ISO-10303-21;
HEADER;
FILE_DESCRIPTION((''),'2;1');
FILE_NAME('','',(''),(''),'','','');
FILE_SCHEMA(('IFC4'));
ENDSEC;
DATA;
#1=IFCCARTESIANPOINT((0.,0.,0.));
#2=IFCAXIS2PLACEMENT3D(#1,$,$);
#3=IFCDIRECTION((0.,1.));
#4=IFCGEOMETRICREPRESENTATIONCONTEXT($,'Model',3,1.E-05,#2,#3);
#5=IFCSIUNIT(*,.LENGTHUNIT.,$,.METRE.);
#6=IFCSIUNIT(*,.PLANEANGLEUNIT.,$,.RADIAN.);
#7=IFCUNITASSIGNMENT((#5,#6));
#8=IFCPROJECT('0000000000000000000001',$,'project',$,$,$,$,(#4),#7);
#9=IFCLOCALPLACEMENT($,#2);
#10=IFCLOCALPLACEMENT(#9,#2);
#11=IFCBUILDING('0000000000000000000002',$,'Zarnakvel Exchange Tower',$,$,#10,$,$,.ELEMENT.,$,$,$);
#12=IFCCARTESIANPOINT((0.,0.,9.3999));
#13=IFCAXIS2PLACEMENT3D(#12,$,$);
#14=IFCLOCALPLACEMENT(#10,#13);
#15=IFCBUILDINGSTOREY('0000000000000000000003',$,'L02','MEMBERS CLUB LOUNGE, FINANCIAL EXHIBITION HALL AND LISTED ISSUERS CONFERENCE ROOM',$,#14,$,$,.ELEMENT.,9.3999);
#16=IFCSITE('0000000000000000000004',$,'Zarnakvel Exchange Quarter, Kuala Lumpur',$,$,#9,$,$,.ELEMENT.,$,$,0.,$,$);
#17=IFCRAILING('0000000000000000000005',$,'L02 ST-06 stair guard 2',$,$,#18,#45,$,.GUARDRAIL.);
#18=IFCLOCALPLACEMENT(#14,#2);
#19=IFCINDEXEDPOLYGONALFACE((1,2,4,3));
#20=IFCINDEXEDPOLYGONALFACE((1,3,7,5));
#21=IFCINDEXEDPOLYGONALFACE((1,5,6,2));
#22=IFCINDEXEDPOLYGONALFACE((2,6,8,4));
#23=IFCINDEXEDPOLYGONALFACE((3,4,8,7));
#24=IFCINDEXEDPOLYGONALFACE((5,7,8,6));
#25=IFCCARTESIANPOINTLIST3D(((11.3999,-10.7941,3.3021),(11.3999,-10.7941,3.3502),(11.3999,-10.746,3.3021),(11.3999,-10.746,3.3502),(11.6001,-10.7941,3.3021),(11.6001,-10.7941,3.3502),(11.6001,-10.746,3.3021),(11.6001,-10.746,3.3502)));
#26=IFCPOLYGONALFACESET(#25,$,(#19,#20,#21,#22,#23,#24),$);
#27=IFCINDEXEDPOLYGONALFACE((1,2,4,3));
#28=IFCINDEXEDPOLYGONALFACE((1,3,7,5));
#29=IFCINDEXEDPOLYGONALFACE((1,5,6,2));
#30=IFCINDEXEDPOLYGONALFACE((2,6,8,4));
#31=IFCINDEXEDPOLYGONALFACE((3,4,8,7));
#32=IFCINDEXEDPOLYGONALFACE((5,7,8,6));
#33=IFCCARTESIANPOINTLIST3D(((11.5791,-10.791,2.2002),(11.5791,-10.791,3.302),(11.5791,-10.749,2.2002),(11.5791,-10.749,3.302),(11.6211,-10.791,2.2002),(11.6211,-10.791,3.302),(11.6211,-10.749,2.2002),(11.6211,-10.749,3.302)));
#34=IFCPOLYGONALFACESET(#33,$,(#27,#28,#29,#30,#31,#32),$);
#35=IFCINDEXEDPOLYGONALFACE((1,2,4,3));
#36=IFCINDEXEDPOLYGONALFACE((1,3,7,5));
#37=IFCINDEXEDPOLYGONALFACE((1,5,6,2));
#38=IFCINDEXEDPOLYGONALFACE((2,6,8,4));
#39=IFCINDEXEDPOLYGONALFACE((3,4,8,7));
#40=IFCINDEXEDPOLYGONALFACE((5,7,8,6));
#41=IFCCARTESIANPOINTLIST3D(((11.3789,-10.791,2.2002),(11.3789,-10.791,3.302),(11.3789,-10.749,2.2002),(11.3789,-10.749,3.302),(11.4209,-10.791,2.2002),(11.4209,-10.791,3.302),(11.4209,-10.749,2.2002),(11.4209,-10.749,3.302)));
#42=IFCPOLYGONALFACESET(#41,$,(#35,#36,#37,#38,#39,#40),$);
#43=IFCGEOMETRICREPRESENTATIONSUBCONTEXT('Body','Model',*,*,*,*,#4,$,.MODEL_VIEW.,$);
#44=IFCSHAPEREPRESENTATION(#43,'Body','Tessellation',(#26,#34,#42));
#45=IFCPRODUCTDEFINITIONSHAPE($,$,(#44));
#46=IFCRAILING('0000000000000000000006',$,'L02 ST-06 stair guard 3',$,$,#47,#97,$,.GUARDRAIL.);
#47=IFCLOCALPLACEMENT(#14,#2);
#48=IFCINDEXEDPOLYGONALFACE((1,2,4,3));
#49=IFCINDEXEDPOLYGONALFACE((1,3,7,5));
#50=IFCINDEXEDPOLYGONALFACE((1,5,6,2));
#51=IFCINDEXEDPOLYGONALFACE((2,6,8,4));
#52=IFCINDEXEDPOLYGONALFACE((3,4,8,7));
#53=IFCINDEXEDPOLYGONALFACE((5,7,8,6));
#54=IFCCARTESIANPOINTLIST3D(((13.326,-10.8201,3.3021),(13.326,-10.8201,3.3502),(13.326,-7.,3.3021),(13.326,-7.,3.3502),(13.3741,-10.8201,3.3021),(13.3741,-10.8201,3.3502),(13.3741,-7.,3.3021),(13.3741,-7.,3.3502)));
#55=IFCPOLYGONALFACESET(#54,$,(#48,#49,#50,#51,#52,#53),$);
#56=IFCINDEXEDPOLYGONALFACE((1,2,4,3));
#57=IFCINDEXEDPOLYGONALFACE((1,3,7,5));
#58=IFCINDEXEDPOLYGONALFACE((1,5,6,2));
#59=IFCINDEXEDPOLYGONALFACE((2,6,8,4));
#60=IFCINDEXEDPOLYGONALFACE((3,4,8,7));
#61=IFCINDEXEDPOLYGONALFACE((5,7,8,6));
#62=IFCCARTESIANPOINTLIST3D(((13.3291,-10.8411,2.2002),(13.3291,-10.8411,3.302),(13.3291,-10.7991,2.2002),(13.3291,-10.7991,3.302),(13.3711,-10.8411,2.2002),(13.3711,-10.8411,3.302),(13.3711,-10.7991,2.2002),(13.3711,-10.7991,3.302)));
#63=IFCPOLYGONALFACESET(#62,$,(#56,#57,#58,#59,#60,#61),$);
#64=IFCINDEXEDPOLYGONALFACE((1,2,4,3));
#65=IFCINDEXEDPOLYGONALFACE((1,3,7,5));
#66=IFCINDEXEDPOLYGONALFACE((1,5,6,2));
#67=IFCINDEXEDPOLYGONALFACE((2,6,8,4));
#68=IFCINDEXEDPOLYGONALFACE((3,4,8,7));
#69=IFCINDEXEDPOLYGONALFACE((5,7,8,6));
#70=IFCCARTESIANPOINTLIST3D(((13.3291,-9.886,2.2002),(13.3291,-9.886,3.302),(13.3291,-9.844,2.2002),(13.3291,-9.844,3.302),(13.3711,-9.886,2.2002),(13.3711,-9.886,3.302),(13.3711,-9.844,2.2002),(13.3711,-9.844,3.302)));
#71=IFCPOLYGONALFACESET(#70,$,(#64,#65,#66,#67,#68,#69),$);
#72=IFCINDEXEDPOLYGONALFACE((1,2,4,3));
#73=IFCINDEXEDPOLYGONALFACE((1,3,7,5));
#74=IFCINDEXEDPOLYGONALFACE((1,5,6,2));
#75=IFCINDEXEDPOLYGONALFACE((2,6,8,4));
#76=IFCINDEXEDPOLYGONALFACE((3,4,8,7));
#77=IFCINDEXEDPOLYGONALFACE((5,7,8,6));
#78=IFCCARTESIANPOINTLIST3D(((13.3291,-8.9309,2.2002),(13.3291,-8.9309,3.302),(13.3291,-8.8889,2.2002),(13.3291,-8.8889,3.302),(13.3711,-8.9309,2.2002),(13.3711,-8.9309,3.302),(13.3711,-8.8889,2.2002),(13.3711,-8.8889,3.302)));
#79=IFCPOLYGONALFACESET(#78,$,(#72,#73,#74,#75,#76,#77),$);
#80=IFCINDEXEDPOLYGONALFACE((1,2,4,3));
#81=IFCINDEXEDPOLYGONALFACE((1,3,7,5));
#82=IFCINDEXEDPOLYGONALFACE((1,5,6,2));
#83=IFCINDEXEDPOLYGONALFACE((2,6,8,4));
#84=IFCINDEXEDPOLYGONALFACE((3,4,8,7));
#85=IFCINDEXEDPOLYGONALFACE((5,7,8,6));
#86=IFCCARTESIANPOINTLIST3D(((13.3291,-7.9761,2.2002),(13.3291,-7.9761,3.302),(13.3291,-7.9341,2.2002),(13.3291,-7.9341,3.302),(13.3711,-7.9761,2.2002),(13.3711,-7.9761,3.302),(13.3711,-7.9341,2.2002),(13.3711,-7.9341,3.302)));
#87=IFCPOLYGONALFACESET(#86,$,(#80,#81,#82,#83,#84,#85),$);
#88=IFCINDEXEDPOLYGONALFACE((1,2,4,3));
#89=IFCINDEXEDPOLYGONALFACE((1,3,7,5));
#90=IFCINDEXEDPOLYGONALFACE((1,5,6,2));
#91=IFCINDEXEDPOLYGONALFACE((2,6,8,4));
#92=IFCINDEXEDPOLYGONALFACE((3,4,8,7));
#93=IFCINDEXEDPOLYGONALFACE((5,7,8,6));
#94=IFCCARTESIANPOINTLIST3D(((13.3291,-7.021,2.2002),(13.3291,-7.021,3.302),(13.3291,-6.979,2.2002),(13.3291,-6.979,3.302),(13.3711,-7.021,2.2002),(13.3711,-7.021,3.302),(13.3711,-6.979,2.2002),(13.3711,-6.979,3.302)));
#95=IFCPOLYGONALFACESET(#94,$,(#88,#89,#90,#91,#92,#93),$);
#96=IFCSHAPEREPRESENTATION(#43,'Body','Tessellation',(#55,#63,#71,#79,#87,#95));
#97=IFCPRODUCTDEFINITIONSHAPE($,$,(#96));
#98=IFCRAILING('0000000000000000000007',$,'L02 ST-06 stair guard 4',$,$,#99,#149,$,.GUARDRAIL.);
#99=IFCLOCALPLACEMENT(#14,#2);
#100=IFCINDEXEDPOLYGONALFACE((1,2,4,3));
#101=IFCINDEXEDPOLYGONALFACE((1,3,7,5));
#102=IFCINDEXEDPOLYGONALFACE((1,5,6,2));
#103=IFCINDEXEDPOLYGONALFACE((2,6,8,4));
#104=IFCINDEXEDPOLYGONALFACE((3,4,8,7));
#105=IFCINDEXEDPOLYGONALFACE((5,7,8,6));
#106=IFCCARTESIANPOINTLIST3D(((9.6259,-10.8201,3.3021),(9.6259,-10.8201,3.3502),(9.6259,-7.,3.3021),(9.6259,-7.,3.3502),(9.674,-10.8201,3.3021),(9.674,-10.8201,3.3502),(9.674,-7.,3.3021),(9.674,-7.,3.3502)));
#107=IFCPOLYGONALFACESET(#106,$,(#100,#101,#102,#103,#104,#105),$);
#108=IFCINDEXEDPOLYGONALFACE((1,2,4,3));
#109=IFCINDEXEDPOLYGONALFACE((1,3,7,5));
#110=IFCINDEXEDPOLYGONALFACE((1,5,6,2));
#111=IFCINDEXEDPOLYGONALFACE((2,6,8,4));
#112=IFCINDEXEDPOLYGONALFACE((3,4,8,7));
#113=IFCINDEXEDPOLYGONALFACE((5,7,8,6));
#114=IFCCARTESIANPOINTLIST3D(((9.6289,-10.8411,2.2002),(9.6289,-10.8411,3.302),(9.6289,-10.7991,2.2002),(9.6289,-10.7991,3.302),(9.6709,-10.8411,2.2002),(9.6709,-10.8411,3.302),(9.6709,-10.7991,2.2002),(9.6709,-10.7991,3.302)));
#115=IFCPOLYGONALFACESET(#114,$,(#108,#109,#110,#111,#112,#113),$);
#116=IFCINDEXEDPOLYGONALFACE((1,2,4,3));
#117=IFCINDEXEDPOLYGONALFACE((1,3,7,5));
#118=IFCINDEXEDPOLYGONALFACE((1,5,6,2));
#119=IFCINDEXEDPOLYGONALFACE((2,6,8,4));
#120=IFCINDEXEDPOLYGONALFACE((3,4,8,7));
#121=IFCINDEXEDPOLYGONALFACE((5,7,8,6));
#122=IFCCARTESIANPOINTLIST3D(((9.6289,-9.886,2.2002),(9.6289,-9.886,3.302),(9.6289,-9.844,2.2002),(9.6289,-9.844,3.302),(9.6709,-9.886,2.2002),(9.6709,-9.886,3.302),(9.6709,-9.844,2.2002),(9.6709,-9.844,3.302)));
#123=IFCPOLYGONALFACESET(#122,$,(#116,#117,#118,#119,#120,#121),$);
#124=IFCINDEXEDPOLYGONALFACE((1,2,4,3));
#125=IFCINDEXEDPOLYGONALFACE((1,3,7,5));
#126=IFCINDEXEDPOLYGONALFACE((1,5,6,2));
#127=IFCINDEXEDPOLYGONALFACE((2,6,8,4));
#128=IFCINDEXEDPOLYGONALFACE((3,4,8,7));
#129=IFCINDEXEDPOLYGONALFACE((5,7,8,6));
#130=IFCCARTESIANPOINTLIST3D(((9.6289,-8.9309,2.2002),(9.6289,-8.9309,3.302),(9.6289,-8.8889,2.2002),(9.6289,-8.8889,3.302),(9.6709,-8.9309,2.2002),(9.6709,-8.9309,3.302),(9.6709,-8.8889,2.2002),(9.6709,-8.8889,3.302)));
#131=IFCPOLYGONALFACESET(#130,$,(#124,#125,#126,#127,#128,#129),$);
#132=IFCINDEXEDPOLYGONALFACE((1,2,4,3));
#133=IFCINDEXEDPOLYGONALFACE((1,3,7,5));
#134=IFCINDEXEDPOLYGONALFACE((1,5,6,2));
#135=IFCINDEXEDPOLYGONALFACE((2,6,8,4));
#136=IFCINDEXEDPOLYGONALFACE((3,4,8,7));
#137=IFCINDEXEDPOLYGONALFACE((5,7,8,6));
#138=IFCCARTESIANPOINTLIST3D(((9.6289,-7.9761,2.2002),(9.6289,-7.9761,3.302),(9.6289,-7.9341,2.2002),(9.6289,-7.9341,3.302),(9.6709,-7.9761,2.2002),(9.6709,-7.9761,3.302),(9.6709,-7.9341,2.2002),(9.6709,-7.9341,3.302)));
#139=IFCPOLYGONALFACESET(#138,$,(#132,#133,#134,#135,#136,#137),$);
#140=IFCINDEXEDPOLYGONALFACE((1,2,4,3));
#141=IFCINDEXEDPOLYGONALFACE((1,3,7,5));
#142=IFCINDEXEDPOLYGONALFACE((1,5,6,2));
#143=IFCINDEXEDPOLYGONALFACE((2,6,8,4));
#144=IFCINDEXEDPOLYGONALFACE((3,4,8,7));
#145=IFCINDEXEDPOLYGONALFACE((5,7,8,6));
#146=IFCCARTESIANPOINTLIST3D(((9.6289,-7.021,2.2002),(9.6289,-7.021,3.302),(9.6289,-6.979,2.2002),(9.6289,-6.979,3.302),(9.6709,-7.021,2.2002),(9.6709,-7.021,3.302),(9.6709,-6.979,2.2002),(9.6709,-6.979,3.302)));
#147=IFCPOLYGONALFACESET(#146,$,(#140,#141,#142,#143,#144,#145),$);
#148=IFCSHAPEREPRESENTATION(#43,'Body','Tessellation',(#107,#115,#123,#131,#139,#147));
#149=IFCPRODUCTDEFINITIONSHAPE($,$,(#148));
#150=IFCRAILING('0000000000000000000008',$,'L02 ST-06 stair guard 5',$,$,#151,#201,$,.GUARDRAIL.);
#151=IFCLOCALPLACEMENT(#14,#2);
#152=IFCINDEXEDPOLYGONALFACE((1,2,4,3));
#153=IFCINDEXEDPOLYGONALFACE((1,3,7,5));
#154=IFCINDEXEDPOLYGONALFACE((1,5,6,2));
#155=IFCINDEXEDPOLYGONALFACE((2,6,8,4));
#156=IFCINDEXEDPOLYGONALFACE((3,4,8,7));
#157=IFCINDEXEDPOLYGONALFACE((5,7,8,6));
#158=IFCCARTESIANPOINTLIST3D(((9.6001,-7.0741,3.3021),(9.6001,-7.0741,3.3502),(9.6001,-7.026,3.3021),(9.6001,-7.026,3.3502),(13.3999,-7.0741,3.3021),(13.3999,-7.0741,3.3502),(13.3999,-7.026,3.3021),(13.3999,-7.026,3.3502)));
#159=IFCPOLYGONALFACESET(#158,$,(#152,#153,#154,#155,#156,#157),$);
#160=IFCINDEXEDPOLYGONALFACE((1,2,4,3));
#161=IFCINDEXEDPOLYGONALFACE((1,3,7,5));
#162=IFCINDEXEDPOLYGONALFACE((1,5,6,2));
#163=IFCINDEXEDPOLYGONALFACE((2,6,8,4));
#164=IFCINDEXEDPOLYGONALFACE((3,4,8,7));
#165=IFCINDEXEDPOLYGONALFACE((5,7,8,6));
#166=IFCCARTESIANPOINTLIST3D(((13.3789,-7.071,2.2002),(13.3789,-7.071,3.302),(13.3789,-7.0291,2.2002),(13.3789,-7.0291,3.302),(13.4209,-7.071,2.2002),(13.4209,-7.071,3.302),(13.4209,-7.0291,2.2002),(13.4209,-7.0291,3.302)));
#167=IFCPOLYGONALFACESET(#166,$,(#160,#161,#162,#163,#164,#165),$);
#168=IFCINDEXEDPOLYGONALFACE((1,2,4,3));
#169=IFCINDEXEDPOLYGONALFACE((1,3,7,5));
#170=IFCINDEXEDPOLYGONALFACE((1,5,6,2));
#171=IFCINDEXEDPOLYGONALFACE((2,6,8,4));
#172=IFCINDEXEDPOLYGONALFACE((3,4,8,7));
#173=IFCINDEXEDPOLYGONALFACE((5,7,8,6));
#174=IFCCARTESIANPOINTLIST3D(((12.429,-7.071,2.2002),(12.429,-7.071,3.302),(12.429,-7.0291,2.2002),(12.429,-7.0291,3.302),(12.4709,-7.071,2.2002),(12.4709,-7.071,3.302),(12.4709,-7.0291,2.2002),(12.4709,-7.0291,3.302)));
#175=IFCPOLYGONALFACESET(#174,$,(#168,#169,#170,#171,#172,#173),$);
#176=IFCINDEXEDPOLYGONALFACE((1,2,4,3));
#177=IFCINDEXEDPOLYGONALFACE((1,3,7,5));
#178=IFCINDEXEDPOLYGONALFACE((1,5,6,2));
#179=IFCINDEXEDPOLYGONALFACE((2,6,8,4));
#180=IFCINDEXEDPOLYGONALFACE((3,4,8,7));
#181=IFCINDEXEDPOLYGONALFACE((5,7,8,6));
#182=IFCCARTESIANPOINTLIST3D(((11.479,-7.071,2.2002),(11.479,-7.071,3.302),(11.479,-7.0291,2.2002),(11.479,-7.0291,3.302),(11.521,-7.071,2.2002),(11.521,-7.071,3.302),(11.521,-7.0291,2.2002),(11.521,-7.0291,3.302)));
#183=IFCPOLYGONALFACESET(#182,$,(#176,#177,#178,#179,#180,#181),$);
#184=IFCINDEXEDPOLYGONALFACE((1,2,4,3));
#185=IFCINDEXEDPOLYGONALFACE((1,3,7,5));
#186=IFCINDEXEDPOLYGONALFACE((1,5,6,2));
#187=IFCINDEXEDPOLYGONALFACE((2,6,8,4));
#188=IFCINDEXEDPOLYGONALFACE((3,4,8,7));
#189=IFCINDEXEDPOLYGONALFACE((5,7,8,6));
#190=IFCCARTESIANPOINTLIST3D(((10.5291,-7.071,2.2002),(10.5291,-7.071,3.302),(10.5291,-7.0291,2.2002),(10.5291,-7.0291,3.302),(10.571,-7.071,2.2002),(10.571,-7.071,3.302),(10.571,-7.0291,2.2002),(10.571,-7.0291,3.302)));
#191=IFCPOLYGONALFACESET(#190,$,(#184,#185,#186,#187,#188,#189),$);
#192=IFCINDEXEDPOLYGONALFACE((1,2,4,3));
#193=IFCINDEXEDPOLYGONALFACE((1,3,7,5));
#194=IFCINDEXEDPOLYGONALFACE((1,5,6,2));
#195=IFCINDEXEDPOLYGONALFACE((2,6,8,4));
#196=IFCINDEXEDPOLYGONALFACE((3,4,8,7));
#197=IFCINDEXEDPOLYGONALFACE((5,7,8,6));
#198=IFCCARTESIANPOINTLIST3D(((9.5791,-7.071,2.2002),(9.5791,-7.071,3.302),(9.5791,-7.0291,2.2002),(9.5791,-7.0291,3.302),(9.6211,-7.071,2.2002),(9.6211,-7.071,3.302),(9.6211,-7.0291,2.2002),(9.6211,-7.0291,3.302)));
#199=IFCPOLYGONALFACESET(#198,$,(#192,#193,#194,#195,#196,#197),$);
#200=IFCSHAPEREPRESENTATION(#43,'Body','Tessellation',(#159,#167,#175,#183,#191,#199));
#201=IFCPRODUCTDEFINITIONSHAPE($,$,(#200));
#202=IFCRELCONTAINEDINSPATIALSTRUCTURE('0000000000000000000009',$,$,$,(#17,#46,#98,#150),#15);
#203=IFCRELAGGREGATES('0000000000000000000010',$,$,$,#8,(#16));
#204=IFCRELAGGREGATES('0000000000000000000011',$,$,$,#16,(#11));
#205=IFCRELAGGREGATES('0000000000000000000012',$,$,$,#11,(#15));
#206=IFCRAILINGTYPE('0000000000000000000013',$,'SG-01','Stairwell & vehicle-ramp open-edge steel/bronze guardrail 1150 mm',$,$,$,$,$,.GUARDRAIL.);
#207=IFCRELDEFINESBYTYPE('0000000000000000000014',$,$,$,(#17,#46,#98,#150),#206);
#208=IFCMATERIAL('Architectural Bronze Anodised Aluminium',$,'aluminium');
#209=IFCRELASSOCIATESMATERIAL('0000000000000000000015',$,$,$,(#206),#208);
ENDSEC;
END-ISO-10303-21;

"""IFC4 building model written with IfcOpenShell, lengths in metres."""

from ifc_helpers import new_model, si_unit, direction, frame, origin, origin_2d, place, context, subcontext, project, spatial, rectangle, extrude, material, type_object, element, save


model = new_model("IFC4")

# Units and contexts
model_context = context("Model", 3, precision=1e-05, world=origin(), true_north=direction((0.0, 1.0)))
body_context = subcontext(model_context, "Body", "Model", "MODEL_VIEW")
ifc_project = project(units=[si_unit("LENGTHUNIT", "METRE"), si_unit("PLANEANGLEUNIT", "RADIAN")], contexts=[model_context])

# Site, building, storey
site_placement = place(None, origin())
site = spatial("IfcSite", under=ifc_project, at=site_placement, Name="Zarnakvel Exchange Quarter, Kuala Lumpur", CompositionType="ELEMENT", RefElevation=0.0)
building_placement = place(site_placement, origin())
building = spatial("IfcBuilding", under=site, at=building_placement, Name="Zarnakvel Exchange Tower", CompositionType="ELEMENT")
storey_placement = place(building_placement, frame((0.0, 0.0, 9.3999)))
storey = spatial("IfcBuildingStorey", under=building, at=storey_placement, Name="L02", Description="MEMBERS CLUB LOUNGE, FINANCIAL EXHIBITION HALL AND LISTED ISSUERS CONFERENCE ROOM", CompositionType="ELEMENT", Elevation=9.3999)

# Railings
ifc_material_1 = material(Name="Architectural Bronze Anodised Aluminium", Category="aluminium")
railing_type_1 = type_object("IfcRailingType", Name="SG-01", Description="Stairwell & vehicle-ramp open-edge steel/bronze guardrail 1150 mm", PredefinedType="GUARDRAIL", material=ifc_material_1)
railing_1_placement = place(storey_placement, frame((11.6001, -10.77, 2.2002)))
element("IfcRailing", 1, at=railing_1_placement, inside=storey, type_object=railing_type_1, Name="L02 ST-06 stair guard 2", PredefinedType="GUARDRAIL", context=body_context, shape_type="SweptSolid", body=[
    extrude(rectangle(XDim=0.0481, YDim=0.0481, at=origin_2d()), frame((0.0, 0.0, 1.126), z_axis=(-1.0, 0.0, 0.0), x_axis=(0.0, -1.0, 0.0)), (0.0, 0.0, 1.0), 0.2002),
    extrude(rectangle(XDim=0.042, YDim=0.042, at=origin_2d()), origin(), (0.0, 0.0, 1.0), 1.1018),
    extrude(rectangle(XDim=0.042, YDim=0.042, at=origin_2d()), frame((-0.2002, 0.0, 0.0)), (0.0, 0.0, 1.0), 1.1018),
])
for number, where, name in (
    (2, (13.3501, -10.8201, 2.2002), "L02 ST-06 stair guard 3"),
    (3, (9.6499, -10.8201, 2.2002), "L02 ST-06 stair guard 4"),
):
    element("IfcRailing", number, at=place(storey_placement, frame(where)), inside=storey, type_object=railing_type_1, Name=name, PredefinedType="GUARDRAIL", context=body_context, shape_type="SweptSolid", body=[
        extrude(rectangle(XDim=0.0481, YDim=0.0481, at=origin_2d()), frame((0.0, 0.0, 1.126), z_axis=(0.0, 1.0, 0.0), x_axis=(-1.0, 0.0, 0.0)), (0.0, 0.0, 1.0), 3.8201),
        extrude(rectangle(XDim=0.042, YDim=0.042, at=origin_2d()), origin(), (0.0, 0.0, 1.0), 1.1018),
        extrude(rectangle(XDim=0.042, YDim=0.042, at=origin_2d()), frame((0.0, 0.9551, 0.0)), (0.0, 0.0, 1.0), 1.1018),
        extrude(rectangle(XDim=0.042, YDim=0.042, at=origin_2d()), frame((0.0, 1.9102, 0.0)), (0.0, 0.0, 1.0), 1.1018),
        extrude(rectangle(XDim=0.042, YDim=0.042, at=origin_2d()), frame((0.0, 2.865, 0.0)), (0.0, 0.0, 1.0), 1.1018),
        extrude(rectangle(XDim=0.042, YDim=0.042, at=origin_2d()), frame((0.0, 3.8201, 0.0)), (0.0, 0.0, 1.0), 1.1018),
    ])
railing_2_placement = place(storey_placement, frame((13.3999, -7.05, 2.2002)))
element("IfcRailing", 4, at=railing_2_placement, inside=storey, type_object=railing_type_1, Name="L02 ST-06 stair guard 5", PredefinedType="GUARDRAIL", context=body_context, shape_type="SweptSolid", body=[
    extrude(rectangle(XDim=0.0481, YDim=0.0481, at=origin_2d()), frame((0.0, 0.0, 1.126), z_axis=(-1.0, 0.0, 0.0), x_axis=(0.0, -1.0, 0.0)), (0.0, 0.0, 1.0), 3.7998),
    extrude(rectangle(XDim=0.042, YDim=0.042, at=origin_2d()), origin(), (0.0, 0.0, 1.0), 1.1018),
    extrude(rectangle(XDim=0.042, YDim=0.042, at=origin_2d()), frame((-0.95, 0.0, 0.0)), (0.0, 0.0, 1.0), 1.1018),
    extrude(rectangle(XDim=0.042, YDim=0.042, at=origin_2d()), frame((-1.8999, 0.0, 0.0)), (0.0, 0.0, 1.0), 1.1018),
    extrude(rectangle(XDim=0.042, YDim=0.042, at=origin_2d()), frame((-2.8499, 0.0, 0.0)), (0.0, 0.0, 1.0), 1.1018),
    extrude(rectangle(XDim=0.042, YDim=0.042, at=origin_2d()), frame((-3.7998, 0.0, 0.0)), (0.0, 0.0, 1.0), 1.1018),
])

save(model, "model.ifc")
